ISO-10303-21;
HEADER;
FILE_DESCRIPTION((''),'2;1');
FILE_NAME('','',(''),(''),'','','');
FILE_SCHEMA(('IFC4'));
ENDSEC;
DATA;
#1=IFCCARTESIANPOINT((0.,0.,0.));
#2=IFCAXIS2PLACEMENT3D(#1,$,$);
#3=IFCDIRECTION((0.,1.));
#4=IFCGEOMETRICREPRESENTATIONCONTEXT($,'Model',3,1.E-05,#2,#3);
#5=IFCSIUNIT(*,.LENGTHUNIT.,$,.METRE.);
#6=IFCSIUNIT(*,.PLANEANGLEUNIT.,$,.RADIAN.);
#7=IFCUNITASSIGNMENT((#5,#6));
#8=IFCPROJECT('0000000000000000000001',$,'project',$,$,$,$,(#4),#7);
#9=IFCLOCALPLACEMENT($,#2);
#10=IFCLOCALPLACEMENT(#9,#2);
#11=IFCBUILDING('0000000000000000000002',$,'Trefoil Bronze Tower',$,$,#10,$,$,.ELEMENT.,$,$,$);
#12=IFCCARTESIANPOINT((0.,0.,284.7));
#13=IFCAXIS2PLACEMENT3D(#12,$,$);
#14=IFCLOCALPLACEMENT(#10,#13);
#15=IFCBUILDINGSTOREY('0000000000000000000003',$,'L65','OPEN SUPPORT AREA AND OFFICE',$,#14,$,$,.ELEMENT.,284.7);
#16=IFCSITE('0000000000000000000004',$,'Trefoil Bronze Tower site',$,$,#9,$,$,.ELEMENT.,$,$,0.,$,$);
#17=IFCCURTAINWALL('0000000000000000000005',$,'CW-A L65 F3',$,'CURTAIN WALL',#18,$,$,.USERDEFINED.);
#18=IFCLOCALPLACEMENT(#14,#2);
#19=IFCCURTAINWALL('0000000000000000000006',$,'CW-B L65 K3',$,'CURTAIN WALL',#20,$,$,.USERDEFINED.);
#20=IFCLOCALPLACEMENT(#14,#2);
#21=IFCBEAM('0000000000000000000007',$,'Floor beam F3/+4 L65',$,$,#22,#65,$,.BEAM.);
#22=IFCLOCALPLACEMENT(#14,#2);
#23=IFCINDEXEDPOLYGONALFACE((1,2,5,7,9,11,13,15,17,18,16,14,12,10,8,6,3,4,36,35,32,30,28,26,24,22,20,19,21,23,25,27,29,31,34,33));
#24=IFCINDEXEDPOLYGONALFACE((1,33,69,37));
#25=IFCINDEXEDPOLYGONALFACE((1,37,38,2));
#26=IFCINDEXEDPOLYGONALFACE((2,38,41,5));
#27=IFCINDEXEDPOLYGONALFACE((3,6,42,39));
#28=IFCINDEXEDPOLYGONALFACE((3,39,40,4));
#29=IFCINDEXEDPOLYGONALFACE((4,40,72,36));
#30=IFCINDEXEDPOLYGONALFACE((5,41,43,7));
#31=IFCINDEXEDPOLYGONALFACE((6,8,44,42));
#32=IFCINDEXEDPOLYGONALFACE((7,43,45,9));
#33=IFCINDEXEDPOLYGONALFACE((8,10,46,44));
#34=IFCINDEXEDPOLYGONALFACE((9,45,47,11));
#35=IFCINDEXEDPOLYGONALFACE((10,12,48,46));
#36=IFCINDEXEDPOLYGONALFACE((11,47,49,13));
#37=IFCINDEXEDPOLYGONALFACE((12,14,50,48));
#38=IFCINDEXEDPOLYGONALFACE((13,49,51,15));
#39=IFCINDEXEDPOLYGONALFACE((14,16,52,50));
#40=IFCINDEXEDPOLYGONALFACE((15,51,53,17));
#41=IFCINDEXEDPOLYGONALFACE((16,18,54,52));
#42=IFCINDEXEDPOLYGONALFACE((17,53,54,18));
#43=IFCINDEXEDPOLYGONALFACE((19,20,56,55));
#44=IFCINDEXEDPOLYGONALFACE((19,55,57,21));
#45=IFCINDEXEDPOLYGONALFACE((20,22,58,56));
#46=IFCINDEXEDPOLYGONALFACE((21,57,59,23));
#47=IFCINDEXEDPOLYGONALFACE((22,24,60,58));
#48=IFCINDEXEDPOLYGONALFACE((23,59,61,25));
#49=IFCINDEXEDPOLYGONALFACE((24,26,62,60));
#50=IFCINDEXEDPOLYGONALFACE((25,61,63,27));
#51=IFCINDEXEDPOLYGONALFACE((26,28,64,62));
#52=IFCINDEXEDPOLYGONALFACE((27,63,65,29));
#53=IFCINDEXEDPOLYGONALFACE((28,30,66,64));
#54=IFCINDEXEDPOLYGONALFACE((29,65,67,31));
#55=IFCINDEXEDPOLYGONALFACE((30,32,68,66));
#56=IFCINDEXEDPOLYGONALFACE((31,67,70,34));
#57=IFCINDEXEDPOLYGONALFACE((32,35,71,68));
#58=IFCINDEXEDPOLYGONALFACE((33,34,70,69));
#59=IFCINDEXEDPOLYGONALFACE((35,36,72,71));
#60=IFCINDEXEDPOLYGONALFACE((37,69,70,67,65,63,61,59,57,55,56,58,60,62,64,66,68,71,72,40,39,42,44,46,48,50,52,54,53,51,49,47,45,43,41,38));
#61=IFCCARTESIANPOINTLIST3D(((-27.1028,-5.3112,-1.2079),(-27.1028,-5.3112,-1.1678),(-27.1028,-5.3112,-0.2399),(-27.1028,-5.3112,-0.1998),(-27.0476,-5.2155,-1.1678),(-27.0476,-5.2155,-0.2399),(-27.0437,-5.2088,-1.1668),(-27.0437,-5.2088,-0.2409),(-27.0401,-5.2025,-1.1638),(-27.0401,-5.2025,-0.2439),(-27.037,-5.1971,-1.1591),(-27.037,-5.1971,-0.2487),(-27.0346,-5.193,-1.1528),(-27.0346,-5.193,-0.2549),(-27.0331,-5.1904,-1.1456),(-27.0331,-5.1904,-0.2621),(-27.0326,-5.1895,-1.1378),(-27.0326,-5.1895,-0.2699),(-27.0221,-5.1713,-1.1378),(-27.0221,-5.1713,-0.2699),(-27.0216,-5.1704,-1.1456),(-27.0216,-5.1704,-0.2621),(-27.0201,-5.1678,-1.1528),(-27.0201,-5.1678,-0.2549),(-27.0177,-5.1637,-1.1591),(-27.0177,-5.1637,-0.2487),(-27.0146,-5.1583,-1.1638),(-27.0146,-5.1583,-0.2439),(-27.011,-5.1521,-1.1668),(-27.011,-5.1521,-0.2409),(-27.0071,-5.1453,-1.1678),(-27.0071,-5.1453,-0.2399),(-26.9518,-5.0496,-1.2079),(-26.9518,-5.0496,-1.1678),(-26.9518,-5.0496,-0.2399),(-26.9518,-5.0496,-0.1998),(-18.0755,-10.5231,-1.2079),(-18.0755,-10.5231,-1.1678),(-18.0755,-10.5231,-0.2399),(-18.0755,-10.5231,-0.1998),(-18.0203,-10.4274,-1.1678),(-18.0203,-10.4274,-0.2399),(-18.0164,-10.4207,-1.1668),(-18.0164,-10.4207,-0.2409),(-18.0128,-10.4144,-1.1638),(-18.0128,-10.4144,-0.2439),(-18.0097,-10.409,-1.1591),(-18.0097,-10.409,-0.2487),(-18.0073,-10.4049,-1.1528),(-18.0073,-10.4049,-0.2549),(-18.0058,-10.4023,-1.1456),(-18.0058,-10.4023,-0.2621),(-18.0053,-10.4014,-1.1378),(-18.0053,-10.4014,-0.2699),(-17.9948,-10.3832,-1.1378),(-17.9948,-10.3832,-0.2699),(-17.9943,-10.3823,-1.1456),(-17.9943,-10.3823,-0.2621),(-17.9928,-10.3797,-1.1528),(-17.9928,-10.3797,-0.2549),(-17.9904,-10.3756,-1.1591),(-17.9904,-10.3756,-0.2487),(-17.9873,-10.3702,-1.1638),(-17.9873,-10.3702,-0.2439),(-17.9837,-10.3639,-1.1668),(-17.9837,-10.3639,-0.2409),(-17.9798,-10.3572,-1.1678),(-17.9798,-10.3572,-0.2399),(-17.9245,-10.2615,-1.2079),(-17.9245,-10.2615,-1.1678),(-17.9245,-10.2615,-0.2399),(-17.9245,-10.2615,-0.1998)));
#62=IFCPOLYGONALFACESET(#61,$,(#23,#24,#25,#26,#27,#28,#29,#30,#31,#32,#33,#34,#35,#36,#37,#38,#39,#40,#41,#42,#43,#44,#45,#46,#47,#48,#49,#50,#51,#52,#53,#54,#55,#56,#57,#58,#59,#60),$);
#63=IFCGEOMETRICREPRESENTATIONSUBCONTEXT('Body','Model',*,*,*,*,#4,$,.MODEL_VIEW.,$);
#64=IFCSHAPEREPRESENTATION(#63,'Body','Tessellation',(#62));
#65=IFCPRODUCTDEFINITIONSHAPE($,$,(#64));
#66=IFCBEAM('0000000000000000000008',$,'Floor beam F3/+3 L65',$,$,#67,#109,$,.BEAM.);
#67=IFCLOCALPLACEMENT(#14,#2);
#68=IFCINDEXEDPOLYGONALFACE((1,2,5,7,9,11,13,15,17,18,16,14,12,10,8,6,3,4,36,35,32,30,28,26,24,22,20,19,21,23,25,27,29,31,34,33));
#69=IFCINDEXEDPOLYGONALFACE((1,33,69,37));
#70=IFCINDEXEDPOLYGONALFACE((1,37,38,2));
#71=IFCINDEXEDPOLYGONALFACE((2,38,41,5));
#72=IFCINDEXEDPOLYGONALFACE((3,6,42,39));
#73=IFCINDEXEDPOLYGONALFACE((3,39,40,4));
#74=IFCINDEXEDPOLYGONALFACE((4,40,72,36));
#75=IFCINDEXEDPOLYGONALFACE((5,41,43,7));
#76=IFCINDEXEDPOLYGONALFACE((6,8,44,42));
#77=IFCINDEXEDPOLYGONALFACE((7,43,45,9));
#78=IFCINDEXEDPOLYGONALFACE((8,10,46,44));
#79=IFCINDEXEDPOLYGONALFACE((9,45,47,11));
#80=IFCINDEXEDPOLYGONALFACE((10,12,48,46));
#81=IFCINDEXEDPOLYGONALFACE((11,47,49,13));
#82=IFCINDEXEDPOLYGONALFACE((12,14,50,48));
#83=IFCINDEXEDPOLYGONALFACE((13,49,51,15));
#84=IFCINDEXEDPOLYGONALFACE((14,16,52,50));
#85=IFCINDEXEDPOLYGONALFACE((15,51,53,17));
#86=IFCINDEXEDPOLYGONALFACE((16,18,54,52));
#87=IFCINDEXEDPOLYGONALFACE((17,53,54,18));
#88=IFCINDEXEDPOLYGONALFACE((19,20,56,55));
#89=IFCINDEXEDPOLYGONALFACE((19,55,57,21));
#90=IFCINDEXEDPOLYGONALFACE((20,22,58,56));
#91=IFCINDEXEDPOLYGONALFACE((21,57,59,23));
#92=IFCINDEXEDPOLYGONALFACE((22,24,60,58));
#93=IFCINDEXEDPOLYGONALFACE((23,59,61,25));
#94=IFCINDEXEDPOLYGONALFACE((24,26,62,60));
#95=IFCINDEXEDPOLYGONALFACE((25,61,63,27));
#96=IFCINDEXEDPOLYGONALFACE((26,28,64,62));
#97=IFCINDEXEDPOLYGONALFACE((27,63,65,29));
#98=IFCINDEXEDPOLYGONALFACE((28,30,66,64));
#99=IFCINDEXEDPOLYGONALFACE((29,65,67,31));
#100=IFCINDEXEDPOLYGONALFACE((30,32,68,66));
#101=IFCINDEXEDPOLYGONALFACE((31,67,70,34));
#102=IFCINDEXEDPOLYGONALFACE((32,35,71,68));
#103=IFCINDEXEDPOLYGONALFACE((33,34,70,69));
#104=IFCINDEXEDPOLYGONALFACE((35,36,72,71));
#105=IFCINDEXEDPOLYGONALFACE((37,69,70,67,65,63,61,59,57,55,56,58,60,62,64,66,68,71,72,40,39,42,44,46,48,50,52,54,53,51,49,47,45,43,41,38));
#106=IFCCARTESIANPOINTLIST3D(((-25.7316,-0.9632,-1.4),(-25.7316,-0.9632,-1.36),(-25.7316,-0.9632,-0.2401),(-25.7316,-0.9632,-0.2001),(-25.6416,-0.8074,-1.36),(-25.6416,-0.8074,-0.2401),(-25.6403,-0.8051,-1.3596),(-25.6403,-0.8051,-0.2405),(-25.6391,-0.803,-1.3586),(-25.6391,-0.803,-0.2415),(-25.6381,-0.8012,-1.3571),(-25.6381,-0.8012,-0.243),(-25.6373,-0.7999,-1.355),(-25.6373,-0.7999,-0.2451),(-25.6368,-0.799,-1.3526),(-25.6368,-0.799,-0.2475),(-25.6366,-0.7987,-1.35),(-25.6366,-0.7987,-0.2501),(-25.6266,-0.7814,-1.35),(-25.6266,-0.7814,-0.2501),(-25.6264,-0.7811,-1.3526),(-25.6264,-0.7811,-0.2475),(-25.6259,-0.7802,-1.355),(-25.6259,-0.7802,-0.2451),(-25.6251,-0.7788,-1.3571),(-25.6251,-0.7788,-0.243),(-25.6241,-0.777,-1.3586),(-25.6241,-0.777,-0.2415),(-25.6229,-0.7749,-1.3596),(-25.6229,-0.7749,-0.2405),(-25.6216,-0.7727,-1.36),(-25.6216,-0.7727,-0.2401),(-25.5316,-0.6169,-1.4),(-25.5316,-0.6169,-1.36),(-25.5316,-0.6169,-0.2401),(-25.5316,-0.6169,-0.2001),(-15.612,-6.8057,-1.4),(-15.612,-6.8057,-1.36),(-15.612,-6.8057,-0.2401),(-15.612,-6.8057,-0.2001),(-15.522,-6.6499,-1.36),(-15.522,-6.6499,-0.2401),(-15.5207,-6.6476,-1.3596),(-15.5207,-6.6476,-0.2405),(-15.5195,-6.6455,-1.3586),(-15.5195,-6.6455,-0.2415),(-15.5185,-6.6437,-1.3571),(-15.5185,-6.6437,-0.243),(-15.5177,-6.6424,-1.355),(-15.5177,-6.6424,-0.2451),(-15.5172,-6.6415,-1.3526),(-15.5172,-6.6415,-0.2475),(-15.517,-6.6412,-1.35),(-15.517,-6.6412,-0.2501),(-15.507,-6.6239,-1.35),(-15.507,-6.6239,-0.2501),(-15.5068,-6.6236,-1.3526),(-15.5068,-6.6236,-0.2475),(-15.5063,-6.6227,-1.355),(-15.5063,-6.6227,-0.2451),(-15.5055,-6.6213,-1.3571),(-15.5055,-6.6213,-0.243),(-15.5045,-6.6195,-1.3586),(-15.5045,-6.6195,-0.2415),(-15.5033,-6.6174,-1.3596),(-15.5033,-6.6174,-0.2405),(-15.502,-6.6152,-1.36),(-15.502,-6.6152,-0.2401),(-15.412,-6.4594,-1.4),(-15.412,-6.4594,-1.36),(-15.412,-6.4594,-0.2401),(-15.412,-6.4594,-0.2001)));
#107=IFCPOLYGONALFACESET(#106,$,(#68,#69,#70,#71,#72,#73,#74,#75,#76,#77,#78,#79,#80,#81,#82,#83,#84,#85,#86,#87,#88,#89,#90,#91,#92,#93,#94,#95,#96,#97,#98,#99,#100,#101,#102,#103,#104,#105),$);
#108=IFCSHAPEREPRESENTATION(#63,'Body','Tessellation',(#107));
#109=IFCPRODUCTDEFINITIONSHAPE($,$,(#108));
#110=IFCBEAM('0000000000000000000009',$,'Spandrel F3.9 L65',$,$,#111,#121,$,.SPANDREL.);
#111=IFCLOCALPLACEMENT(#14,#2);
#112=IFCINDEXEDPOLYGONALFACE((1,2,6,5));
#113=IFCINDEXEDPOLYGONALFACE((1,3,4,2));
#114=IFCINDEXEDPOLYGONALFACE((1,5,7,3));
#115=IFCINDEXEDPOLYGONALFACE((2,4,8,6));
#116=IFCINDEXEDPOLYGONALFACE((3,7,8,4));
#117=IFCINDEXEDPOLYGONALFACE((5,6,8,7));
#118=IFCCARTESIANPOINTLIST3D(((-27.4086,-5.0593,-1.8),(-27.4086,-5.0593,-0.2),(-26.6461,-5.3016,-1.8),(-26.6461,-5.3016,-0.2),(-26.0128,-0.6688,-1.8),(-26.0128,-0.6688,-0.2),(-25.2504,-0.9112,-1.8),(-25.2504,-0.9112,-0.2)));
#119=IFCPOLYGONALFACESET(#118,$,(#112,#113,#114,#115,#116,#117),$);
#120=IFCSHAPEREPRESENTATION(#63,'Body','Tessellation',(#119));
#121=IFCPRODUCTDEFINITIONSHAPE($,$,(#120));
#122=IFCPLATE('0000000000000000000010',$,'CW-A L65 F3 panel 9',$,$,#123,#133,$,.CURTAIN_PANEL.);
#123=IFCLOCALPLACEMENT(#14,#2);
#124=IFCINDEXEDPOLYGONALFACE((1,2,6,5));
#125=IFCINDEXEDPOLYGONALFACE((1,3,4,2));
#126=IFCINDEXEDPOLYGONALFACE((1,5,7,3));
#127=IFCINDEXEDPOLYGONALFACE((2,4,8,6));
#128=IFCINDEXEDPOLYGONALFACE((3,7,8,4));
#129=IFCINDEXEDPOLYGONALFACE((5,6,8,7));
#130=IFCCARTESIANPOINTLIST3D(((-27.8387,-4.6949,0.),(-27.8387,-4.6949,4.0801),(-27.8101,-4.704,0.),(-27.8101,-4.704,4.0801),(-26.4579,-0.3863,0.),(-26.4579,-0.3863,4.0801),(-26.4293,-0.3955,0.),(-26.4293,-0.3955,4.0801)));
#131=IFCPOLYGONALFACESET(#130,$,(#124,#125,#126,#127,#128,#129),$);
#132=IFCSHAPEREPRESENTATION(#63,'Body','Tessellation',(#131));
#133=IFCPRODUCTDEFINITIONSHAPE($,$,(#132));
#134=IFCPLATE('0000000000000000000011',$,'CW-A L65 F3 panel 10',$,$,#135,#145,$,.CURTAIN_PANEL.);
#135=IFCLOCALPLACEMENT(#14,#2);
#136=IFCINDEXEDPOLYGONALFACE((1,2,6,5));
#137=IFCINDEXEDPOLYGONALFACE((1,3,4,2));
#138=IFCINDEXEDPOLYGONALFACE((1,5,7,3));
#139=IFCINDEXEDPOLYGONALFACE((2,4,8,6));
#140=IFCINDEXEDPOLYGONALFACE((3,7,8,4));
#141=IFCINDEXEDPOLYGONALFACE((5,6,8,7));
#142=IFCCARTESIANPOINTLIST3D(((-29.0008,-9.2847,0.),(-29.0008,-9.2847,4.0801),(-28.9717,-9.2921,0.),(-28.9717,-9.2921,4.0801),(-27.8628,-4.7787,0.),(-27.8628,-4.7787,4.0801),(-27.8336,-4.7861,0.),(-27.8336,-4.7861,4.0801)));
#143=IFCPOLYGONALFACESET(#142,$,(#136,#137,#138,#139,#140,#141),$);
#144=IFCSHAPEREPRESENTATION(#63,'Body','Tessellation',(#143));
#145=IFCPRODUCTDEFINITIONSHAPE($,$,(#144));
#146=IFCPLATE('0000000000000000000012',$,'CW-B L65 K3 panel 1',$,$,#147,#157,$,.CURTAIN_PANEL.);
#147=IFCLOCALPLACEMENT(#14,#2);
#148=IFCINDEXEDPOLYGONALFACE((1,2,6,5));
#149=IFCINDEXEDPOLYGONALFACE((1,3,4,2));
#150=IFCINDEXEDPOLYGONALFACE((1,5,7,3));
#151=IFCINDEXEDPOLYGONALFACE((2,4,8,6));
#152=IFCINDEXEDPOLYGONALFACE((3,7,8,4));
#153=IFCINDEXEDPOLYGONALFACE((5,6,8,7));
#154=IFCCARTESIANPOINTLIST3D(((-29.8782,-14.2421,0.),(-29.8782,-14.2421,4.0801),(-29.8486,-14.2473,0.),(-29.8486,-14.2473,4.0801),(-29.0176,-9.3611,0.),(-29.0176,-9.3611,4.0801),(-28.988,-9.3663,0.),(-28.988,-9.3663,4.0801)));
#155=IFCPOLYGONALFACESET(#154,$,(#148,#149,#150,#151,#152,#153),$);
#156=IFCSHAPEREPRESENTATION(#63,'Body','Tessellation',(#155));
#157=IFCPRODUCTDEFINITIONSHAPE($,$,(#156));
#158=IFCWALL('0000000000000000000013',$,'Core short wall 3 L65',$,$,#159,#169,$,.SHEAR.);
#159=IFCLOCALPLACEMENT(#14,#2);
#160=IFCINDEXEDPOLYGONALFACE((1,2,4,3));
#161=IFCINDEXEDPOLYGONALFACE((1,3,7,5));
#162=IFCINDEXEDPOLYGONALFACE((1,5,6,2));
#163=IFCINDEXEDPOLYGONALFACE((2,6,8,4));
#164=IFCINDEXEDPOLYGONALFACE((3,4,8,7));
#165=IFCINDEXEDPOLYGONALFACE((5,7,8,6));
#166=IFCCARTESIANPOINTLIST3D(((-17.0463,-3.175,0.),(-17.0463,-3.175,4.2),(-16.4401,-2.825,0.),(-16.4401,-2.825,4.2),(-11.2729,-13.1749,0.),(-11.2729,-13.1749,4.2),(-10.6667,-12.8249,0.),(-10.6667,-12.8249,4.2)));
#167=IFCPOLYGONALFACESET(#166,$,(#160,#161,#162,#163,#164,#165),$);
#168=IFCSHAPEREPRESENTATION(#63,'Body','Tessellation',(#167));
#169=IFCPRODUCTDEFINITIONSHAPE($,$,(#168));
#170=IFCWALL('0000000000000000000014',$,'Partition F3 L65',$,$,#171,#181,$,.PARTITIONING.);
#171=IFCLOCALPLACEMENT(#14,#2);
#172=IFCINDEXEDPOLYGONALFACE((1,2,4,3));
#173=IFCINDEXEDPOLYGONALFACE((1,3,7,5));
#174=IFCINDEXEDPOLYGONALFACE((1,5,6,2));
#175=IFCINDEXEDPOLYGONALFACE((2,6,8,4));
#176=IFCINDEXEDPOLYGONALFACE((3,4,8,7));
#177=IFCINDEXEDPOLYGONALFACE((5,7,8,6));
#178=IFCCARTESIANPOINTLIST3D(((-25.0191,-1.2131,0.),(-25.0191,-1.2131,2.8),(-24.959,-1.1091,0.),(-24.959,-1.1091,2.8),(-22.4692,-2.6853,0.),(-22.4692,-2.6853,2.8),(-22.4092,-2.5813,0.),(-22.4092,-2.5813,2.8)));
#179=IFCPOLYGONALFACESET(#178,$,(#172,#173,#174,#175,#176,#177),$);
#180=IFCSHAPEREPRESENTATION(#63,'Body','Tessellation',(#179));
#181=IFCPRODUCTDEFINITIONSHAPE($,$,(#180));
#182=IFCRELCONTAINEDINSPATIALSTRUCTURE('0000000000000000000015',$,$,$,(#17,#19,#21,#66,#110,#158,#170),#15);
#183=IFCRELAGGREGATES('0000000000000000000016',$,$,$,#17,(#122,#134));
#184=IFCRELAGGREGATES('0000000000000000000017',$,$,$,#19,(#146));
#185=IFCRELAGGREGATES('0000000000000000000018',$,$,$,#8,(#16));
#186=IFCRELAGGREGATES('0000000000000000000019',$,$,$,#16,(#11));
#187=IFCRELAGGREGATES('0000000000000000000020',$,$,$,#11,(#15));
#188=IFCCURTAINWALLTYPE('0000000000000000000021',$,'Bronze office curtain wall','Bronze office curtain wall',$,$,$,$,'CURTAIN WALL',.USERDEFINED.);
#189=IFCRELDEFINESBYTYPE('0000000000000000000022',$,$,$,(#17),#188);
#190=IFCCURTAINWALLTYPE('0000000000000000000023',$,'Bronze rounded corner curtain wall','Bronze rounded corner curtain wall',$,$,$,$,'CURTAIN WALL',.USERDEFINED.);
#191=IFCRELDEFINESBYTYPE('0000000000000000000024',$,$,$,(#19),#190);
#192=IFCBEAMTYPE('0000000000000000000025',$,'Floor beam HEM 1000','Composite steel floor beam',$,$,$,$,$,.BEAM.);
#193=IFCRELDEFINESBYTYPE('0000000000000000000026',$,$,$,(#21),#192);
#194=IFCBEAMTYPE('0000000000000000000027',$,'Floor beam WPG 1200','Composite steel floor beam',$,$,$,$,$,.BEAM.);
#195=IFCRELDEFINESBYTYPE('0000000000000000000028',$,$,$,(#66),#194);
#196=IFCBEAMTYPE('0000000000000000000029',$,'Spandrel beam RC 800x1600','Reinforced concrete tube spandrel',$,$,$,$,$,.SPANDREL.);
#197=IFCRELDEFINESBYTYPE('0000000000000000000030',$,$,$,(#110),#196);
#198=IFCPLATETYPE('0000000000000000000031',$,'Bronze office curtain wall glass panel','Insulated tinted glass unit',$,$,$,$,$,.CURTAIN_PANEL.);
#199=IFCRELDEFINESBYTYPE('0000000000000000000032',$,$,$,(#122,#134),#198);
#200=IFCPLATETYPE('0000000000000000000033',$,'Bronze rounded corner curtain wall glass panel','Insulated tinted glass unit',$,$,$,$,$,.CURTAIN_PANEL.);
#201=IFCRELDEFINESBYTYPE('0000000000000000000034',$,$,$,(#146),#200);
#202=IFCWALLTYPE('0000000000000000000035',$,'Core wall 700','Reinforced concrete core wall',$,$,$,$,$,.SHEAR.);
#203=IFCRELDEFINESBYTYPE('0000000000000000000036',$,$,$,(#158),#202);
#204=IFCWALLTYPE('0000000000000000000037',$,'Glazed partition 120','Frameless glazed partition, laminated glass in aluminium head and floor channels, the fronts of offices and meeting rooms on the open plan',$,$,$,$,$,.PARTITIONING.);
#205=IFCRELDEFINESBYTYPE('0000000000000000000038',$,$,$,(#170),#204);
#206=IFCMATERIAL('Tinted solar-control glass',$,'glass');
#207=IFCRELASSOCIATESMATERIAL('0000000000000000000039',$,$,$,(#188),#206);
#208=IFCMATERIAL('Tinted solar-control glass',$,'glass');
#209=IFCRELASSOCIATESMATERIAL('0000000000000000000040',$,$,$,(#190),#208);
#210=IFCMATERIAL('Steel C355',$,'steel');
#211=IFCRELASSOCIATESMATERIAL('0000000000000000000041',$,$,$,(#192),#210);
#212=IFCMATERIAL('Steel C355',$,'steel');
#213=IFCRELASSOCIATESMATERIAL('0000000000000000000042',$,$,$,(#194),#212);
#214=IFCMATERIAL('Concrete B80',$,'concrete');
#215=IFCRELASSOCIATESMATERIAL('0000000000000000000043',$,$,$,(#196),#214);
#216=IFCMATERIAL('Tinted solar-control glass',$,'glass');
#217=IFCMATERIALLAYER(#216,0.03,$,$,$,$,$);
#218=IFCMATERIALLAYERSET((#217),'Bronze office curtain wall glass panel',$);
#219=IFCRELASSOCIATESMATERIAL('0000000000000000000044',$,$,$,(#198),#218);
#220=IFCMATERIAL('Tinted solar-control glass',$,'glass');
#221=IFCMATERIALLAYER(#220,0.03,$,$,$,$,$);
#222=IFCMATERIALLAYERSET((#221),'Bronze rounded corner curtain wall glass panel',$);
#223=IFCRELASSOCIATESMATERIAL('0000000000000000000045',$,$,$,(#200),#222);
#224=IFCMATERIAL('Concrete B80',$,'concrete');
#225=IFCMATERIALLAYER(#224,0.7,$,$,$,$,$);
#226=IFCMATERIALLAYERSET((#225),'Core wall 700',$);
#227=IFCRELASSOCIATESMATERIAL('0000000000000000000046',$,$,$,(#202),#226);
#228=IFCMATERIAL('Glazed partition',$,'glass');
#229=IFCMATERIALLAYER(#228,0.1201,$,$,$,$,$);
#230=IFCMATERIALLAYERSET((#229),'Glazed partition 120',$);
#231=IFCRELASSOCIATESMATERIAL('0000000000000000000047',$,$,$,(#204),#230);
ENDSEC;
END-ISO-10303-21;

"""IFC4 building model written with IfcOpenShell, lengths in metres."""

from ifc_helpers import new_model, si_unit, direction, frame, frame_2d, origin, origin_2d, place, context, subcontext, project, spatial, rectangle, i_section, extrude, material, layer, layer_set, material_profile, profile_set, type_object, element, aggregate, save


model = new_model("IFC4")

# Units and contexts
model_context = context("Model", 3, precision=1e-05, world=origin(), true_north=direction((0.0, 1.0)))
body_context = subcontext(model_context, "Body", "Model", "MODEL_VIEW")
ifc_project = project(units=[si_unit("LENGTHUNIT", "METRE"), si_unit("PLANEANGLEUNIT", "RADIAN")], contexts=[model_context])

# Site, building, storey
site_placement = place(None, origin())
site = spatial("IfcSite", under=ifc_project, at=site_placement, Name="Trefoil Bronze Tower site", CompositionType="ELEMENT", RefElevation=0.0)
building_placement = place(site_placement, origin())
building = spatial("IfcBuilding", under=site, at=building_placement, Name="Trefoil Bronze Tower", CompositionType="ELEMENT")
storey_placement = place(building_placement, frame((0.0, 0.0, 284.7)))
storey = spatial("IfcBuildingStorey", under=building, at=storey_placement, Name="L65", Description="OPEN SUPPORT AREA AND OFFICE", CompositionType="ELEMENT", Elevation=284.7)

# Curtain walls
ifc_material_1 = material(Name="Tinted solar-control glass", Category="glass")
curtain_wall_type_1 = type_object("IfcCurtainWallType", Name="Bronze office curtain wall", Description="Bronze office curtain wall", ElementType="CURTAIN WALL", PredefinedType="USERDEFINED", material=ifc_material_1)
curtain_wall_1_placement = place(storey_placement, origin())
curtain_wall_1 = element("IfcCurtainWall", 1, at=curtain_wall_1_placement, inside=storey, type_object=curtain_wall_type_1, Name="CW-A L65 F3", ObjectType="CURTAIN WALL", PredefinedType="USERDEFINED")
ifc_material_2 = material(Name="Tinted solar-control glass", Category="glass")
curtain_wall_type_2 = type_object("IfcCurtainWallType", Name="Bronze rounded corner curtain wall", Description="Bronze rounded corner curtain wall", ElementType="CURTAIN WALL", PredefinedType="USERDEFINED", material=ifc_material_2)
curtain_wall_2_placement = place(storey_placement, origin())
curtain_wall_2 = element("IfcCurtainWall", 2, at=curtain_wall_2_placement, inside=storey, type_object=curtain_wall_type_2, Name="CW-B L65 K3", ObjectType="CURTAIN WALL", PredefinedType="USERDEFINED")

# Beams
ifc_material_3 = material(Name="Steel C355", Category="steel")
ifc_material_profile_1 = material_profile(ifc_material_3, i_section(OverallWidth=0.302, OverallDepth=1.0081, WebThickness=0.021, FlangeThickness=0.04, FilletRadius=0.03, at=origin_2d()), Name="HEM 1000")
ifc_profile_set_1 = profile_set([ifc_material_profile_1], Name="Steel C355")
beam_type_1 = type_object("IfcBeamType", Name="Floor beam HEM 1000", Description="Composite steel floor beam", PredefinedType="BEAM", material=ifc_profile_set_1)
beam_1_placement = place(storey_placement, frame((-27.0273, -5.1804, -0.7039), z_axis=(0.866026, -0.499998, 0.0), x_axis=(0.499998, 0.866026, 0.0)))
element("IfcBeam", 3, at=beam_1_placement, inside=storey, type_object=beam_type_1, Name="Floor beam F3/+4 L65", PredefinedType="BEAM", context=body_context, shape_type="SweptSolid", body=[
    extrude(i_section(OverallWidth=0.302, OverallDepth=1.0081, WebThickness=0.021, FlangeThickness=0.04, FilletRadius=0.03, at=origin_2d()), origin(), (0.0, 0.0, 1.0), 10.4238),
])
ifc_material_4 = material(Name="Steel C355", Category="steel")
ifc_material_profile_2 = material_profile(ifc_material_4, i_section(OverallWidth=0.3999, OverallDepth=1.2, WebThickness=0.02, FlangeThickness=0.04, FilletRadius=0.01, at=origin_2d()), Name="WPG 1200")
ifc_profile_set_2 = profile_set([ifc_material_profile_2], Name="Steel C355")
beam_type_2 = type_object("IfcBeamType", Name="Floor beam WPG 1200", Description="Composite steel floor beam", PredefinedType="BEAM", material=ifc_profile_set_2)
beam_2_placement = place(storey_placement, frame((-25.6316, -0.79, -0.8), z_axis=(0.866027, -0.499997, 0.0), x_axis=(0.499997, 0.866027, 0.0)))
element("IfcBeam", 4, at=beam_2_placement, inside=storey, type_object=beam_type_2, Name="Floor beam F3/+3 L65", PredefinedType="BEAM", context=body_context, shape_type="SweptSolid", body=[
    extrude(i_section(OverallWidth=0.3999, OverallDepth=1.2, WebThickness=0.02, FlangeThickness=0.04, FilletRadius=0.01, at=origin_2d()), origin(), (0.0, 0.0, 1.0), 11.6851),
])
ifc_material_5 = material(Name="Concrete B80", Category="concrete")
ifc_material_profile_3 = material_profile(ifc_material_5, rectangle(XDim=0.8, YDim=1.6001, at=origin_2d()), Name="RC 800x1600")
ifc_profile_set_3 = profile_set([ifc_material_profile_3], Name="Concrete B80")
beam_type_3 = type_object("IfcBeamType", Name="Spandrel beam RC 800x1600", Description="Reinforced concrete tube spandrel", PredefinedType="SPANDREL", material=ifc_profile_set_3)
beam_3_placement = place(storey_placement, frame((-25.6316, -0.79, -1.0), z_axis=(-0.30297, -0.953, 0.0), x_axis=(0.953, -0.30297, 0.0)))
element("IfcBeam", 5, at=beam_3_placement, inside=storey, type_object=beam_type_3, Name="Spandrel F3.9 L65", PredefinedType="SPANDREL", context=body_context, shape_type="SweptSolid", body=[
    extrude(rectangle(XDim=0.8, YDim=1.6001, at=origin_2d()), origin(), (0.0, 0.0, 1.0), 4.6069),
])

# Plates
ifc_material_6 = material(Name="Tinted solar-control glass", Category="glass")
ifc_layer_1 = layer(ifc_material_6, 0.03)
ifc_layer_set_1 = layer_set([ifc_layer_1], Name="Bronze office curtain wall glass panel")
plate_type_1 = type_object("IfcPlateType", Name="Bronze office curtain wall glass panel", Description="Insulated tinted glass unit", PredefinedType="CURTAIN_PANEL", material=ifc_layer_set_1)
plate_1_placement = place(storey_placement, frame((-27.134, -2.5452, 0.0), z_axis=(0.0, 0.0, 1.0), x_axis=(-0.305188, -0.952292, 0.0)))
plate_1 = element("IfcPlate", 6, at=plate_1_placement, type_object=plate_type_1, Name="CW-A L65 F3 panel 9", PredefinedType="CURTAIN_PANEL", context=body_context, shape_type="SweptSolid", body=[
    extrude(rectangle(XDim=4.5244, YDim=0.03, at=origin_2d()), origin(), (0.0, 0.0, 1.0), 4.0801),
])
plate_2_placement = place(storey_placement, frame((-28.4172, -7.0354, 0.0), z_axis=(0.0, 0.0, 1.0), x_axis=(-0.24488, -0.969554, 0.0)))
plate_2 = element("IfcPlate", 7, at=plate_2_placement, type_object=plate_type_1, Name="CW-A L65 F3 panel 10", PredefinedType="CURTAIN_PANEL", context=body_context, shape_type="SweptSolid", body=[
    extrude(rectangle(XDim=4.6475, YDim=0.03, at=origin_2d()), origin(), (0.0, 0.0, 1.0), 4.0801),
])
aggregate(curtain_wall_1, [plate_1, plate_2])
ifc_material_7 = material(Name="Tinted solar-control glass", Category="glass")
ifc_layer_2 = layer(ifc_material_7, 0.03)
ifc_layer_set_2 = layer_set([ifc_layer_2], Name="Bronze rounded corner curtain wall glass panel")
plate_type_2 = type_object("IfcPlateType", Name="Bronze rounded corner curtain wall glass panel", Description="Insulated tinted glass unit", PredefinedType="CURTAIN_PANEL", material=ifc_layer_set_2)
plate_3_placement = place(storey_placement, frame((-29.4331, -11.8042, 0.0), z_axis=(0.0, 0.0, 1.0), x_axis=(-0.173648, -0.984808, 0.0)))
plate_3 = element("IfcPlate", 8, at=plate_3_placement, type_object=plate_type_2, Name="CW-B L65 K3 panel 1", PredefinedType="CURTAIN_PANEL", context=body_context, shape_type="SweptSolid", body=[
    extrude(rectangle(XDim=4.9563, YDim=0.03, at=origin_2d()), origin(), (0.0, 0.0, 1.0), 4.0801),
])
aggregate(curtain_wall_2, [plate_3])

# Walls
ifc_material_8 = material(Name="Concrete B80", Category="concrete")
ifc_layer_3 = layer(ifc_material_8, 0.7)
ifc_layer_set_3 = layer_set([ifc_layer_3], Name="Core wall 700")
wall_type_1 = type_object("IfcWallType", Name="Core wall 700", Description="Reinforced concrete core wall", PredefinedType="SHEAR", material=ifc_layer_set_3)
wall_1_placement = place(storey_placement, frame((-16.7432, -3.0, 0.0), z_axis=(0.0, 0.0, 1.0), x_axis=(0.499996, -0.866028, 0.0)))
element("IfcWall", 9, at=wall_1_placement, inside=storey, type_object=wall_type_1, Name="Core short wall 3 L65", PredefinedType="SHEAR", context=body_context, shape_type="SweptSolid", body=[
    extrude(rectangle(XDim=11.5469, YDim=0.7, at=frame_2d((5.7734, 0.0))), origin(), (0.0, 0.0, 1.0), 4.2),
])
ifc_material_9 = material(Name="Glazed partition", Category="glass")
ifc_layer_4 = layer(ifc_material_9, 0.1201)
ifc_layer_set_4 = layer_set([ifc_layer_4], Name="Glazed partition 120")
wall_type_2 = type_object("IfcWallType", Name="Glazed partition 120", Description="Frameless glazed partition, laminated glass in aluminium head and floor channels, the fronts of offices and meeting rooms on the open plan", PredefinedType="PARTITIONING", material=ifc_layer_set_4)
wall_2_placement = place(storey_placement, frame((-22.4392, -2.6333, 0.0), z_axis=(0.0, 0.0, 1.0), x_axis=(-0.86602, 0.50001, 0.0)))
element("IfcWall", 10, at=wall_2_placement, inside=storey, type_object=wall_type_2, Name="Partition F3 L65", PredefinedType="PARTITIONING", context=body_context, shape_type="SweptSolid", body=[
    extrude(rectangle(XDim=2.9443, YDim=0.1201, at=frame_2d((1.4722, 0.0))), origin(), (0.0, 0.0, 1.0), 2.8),
])

save(model, "model.ifc")
